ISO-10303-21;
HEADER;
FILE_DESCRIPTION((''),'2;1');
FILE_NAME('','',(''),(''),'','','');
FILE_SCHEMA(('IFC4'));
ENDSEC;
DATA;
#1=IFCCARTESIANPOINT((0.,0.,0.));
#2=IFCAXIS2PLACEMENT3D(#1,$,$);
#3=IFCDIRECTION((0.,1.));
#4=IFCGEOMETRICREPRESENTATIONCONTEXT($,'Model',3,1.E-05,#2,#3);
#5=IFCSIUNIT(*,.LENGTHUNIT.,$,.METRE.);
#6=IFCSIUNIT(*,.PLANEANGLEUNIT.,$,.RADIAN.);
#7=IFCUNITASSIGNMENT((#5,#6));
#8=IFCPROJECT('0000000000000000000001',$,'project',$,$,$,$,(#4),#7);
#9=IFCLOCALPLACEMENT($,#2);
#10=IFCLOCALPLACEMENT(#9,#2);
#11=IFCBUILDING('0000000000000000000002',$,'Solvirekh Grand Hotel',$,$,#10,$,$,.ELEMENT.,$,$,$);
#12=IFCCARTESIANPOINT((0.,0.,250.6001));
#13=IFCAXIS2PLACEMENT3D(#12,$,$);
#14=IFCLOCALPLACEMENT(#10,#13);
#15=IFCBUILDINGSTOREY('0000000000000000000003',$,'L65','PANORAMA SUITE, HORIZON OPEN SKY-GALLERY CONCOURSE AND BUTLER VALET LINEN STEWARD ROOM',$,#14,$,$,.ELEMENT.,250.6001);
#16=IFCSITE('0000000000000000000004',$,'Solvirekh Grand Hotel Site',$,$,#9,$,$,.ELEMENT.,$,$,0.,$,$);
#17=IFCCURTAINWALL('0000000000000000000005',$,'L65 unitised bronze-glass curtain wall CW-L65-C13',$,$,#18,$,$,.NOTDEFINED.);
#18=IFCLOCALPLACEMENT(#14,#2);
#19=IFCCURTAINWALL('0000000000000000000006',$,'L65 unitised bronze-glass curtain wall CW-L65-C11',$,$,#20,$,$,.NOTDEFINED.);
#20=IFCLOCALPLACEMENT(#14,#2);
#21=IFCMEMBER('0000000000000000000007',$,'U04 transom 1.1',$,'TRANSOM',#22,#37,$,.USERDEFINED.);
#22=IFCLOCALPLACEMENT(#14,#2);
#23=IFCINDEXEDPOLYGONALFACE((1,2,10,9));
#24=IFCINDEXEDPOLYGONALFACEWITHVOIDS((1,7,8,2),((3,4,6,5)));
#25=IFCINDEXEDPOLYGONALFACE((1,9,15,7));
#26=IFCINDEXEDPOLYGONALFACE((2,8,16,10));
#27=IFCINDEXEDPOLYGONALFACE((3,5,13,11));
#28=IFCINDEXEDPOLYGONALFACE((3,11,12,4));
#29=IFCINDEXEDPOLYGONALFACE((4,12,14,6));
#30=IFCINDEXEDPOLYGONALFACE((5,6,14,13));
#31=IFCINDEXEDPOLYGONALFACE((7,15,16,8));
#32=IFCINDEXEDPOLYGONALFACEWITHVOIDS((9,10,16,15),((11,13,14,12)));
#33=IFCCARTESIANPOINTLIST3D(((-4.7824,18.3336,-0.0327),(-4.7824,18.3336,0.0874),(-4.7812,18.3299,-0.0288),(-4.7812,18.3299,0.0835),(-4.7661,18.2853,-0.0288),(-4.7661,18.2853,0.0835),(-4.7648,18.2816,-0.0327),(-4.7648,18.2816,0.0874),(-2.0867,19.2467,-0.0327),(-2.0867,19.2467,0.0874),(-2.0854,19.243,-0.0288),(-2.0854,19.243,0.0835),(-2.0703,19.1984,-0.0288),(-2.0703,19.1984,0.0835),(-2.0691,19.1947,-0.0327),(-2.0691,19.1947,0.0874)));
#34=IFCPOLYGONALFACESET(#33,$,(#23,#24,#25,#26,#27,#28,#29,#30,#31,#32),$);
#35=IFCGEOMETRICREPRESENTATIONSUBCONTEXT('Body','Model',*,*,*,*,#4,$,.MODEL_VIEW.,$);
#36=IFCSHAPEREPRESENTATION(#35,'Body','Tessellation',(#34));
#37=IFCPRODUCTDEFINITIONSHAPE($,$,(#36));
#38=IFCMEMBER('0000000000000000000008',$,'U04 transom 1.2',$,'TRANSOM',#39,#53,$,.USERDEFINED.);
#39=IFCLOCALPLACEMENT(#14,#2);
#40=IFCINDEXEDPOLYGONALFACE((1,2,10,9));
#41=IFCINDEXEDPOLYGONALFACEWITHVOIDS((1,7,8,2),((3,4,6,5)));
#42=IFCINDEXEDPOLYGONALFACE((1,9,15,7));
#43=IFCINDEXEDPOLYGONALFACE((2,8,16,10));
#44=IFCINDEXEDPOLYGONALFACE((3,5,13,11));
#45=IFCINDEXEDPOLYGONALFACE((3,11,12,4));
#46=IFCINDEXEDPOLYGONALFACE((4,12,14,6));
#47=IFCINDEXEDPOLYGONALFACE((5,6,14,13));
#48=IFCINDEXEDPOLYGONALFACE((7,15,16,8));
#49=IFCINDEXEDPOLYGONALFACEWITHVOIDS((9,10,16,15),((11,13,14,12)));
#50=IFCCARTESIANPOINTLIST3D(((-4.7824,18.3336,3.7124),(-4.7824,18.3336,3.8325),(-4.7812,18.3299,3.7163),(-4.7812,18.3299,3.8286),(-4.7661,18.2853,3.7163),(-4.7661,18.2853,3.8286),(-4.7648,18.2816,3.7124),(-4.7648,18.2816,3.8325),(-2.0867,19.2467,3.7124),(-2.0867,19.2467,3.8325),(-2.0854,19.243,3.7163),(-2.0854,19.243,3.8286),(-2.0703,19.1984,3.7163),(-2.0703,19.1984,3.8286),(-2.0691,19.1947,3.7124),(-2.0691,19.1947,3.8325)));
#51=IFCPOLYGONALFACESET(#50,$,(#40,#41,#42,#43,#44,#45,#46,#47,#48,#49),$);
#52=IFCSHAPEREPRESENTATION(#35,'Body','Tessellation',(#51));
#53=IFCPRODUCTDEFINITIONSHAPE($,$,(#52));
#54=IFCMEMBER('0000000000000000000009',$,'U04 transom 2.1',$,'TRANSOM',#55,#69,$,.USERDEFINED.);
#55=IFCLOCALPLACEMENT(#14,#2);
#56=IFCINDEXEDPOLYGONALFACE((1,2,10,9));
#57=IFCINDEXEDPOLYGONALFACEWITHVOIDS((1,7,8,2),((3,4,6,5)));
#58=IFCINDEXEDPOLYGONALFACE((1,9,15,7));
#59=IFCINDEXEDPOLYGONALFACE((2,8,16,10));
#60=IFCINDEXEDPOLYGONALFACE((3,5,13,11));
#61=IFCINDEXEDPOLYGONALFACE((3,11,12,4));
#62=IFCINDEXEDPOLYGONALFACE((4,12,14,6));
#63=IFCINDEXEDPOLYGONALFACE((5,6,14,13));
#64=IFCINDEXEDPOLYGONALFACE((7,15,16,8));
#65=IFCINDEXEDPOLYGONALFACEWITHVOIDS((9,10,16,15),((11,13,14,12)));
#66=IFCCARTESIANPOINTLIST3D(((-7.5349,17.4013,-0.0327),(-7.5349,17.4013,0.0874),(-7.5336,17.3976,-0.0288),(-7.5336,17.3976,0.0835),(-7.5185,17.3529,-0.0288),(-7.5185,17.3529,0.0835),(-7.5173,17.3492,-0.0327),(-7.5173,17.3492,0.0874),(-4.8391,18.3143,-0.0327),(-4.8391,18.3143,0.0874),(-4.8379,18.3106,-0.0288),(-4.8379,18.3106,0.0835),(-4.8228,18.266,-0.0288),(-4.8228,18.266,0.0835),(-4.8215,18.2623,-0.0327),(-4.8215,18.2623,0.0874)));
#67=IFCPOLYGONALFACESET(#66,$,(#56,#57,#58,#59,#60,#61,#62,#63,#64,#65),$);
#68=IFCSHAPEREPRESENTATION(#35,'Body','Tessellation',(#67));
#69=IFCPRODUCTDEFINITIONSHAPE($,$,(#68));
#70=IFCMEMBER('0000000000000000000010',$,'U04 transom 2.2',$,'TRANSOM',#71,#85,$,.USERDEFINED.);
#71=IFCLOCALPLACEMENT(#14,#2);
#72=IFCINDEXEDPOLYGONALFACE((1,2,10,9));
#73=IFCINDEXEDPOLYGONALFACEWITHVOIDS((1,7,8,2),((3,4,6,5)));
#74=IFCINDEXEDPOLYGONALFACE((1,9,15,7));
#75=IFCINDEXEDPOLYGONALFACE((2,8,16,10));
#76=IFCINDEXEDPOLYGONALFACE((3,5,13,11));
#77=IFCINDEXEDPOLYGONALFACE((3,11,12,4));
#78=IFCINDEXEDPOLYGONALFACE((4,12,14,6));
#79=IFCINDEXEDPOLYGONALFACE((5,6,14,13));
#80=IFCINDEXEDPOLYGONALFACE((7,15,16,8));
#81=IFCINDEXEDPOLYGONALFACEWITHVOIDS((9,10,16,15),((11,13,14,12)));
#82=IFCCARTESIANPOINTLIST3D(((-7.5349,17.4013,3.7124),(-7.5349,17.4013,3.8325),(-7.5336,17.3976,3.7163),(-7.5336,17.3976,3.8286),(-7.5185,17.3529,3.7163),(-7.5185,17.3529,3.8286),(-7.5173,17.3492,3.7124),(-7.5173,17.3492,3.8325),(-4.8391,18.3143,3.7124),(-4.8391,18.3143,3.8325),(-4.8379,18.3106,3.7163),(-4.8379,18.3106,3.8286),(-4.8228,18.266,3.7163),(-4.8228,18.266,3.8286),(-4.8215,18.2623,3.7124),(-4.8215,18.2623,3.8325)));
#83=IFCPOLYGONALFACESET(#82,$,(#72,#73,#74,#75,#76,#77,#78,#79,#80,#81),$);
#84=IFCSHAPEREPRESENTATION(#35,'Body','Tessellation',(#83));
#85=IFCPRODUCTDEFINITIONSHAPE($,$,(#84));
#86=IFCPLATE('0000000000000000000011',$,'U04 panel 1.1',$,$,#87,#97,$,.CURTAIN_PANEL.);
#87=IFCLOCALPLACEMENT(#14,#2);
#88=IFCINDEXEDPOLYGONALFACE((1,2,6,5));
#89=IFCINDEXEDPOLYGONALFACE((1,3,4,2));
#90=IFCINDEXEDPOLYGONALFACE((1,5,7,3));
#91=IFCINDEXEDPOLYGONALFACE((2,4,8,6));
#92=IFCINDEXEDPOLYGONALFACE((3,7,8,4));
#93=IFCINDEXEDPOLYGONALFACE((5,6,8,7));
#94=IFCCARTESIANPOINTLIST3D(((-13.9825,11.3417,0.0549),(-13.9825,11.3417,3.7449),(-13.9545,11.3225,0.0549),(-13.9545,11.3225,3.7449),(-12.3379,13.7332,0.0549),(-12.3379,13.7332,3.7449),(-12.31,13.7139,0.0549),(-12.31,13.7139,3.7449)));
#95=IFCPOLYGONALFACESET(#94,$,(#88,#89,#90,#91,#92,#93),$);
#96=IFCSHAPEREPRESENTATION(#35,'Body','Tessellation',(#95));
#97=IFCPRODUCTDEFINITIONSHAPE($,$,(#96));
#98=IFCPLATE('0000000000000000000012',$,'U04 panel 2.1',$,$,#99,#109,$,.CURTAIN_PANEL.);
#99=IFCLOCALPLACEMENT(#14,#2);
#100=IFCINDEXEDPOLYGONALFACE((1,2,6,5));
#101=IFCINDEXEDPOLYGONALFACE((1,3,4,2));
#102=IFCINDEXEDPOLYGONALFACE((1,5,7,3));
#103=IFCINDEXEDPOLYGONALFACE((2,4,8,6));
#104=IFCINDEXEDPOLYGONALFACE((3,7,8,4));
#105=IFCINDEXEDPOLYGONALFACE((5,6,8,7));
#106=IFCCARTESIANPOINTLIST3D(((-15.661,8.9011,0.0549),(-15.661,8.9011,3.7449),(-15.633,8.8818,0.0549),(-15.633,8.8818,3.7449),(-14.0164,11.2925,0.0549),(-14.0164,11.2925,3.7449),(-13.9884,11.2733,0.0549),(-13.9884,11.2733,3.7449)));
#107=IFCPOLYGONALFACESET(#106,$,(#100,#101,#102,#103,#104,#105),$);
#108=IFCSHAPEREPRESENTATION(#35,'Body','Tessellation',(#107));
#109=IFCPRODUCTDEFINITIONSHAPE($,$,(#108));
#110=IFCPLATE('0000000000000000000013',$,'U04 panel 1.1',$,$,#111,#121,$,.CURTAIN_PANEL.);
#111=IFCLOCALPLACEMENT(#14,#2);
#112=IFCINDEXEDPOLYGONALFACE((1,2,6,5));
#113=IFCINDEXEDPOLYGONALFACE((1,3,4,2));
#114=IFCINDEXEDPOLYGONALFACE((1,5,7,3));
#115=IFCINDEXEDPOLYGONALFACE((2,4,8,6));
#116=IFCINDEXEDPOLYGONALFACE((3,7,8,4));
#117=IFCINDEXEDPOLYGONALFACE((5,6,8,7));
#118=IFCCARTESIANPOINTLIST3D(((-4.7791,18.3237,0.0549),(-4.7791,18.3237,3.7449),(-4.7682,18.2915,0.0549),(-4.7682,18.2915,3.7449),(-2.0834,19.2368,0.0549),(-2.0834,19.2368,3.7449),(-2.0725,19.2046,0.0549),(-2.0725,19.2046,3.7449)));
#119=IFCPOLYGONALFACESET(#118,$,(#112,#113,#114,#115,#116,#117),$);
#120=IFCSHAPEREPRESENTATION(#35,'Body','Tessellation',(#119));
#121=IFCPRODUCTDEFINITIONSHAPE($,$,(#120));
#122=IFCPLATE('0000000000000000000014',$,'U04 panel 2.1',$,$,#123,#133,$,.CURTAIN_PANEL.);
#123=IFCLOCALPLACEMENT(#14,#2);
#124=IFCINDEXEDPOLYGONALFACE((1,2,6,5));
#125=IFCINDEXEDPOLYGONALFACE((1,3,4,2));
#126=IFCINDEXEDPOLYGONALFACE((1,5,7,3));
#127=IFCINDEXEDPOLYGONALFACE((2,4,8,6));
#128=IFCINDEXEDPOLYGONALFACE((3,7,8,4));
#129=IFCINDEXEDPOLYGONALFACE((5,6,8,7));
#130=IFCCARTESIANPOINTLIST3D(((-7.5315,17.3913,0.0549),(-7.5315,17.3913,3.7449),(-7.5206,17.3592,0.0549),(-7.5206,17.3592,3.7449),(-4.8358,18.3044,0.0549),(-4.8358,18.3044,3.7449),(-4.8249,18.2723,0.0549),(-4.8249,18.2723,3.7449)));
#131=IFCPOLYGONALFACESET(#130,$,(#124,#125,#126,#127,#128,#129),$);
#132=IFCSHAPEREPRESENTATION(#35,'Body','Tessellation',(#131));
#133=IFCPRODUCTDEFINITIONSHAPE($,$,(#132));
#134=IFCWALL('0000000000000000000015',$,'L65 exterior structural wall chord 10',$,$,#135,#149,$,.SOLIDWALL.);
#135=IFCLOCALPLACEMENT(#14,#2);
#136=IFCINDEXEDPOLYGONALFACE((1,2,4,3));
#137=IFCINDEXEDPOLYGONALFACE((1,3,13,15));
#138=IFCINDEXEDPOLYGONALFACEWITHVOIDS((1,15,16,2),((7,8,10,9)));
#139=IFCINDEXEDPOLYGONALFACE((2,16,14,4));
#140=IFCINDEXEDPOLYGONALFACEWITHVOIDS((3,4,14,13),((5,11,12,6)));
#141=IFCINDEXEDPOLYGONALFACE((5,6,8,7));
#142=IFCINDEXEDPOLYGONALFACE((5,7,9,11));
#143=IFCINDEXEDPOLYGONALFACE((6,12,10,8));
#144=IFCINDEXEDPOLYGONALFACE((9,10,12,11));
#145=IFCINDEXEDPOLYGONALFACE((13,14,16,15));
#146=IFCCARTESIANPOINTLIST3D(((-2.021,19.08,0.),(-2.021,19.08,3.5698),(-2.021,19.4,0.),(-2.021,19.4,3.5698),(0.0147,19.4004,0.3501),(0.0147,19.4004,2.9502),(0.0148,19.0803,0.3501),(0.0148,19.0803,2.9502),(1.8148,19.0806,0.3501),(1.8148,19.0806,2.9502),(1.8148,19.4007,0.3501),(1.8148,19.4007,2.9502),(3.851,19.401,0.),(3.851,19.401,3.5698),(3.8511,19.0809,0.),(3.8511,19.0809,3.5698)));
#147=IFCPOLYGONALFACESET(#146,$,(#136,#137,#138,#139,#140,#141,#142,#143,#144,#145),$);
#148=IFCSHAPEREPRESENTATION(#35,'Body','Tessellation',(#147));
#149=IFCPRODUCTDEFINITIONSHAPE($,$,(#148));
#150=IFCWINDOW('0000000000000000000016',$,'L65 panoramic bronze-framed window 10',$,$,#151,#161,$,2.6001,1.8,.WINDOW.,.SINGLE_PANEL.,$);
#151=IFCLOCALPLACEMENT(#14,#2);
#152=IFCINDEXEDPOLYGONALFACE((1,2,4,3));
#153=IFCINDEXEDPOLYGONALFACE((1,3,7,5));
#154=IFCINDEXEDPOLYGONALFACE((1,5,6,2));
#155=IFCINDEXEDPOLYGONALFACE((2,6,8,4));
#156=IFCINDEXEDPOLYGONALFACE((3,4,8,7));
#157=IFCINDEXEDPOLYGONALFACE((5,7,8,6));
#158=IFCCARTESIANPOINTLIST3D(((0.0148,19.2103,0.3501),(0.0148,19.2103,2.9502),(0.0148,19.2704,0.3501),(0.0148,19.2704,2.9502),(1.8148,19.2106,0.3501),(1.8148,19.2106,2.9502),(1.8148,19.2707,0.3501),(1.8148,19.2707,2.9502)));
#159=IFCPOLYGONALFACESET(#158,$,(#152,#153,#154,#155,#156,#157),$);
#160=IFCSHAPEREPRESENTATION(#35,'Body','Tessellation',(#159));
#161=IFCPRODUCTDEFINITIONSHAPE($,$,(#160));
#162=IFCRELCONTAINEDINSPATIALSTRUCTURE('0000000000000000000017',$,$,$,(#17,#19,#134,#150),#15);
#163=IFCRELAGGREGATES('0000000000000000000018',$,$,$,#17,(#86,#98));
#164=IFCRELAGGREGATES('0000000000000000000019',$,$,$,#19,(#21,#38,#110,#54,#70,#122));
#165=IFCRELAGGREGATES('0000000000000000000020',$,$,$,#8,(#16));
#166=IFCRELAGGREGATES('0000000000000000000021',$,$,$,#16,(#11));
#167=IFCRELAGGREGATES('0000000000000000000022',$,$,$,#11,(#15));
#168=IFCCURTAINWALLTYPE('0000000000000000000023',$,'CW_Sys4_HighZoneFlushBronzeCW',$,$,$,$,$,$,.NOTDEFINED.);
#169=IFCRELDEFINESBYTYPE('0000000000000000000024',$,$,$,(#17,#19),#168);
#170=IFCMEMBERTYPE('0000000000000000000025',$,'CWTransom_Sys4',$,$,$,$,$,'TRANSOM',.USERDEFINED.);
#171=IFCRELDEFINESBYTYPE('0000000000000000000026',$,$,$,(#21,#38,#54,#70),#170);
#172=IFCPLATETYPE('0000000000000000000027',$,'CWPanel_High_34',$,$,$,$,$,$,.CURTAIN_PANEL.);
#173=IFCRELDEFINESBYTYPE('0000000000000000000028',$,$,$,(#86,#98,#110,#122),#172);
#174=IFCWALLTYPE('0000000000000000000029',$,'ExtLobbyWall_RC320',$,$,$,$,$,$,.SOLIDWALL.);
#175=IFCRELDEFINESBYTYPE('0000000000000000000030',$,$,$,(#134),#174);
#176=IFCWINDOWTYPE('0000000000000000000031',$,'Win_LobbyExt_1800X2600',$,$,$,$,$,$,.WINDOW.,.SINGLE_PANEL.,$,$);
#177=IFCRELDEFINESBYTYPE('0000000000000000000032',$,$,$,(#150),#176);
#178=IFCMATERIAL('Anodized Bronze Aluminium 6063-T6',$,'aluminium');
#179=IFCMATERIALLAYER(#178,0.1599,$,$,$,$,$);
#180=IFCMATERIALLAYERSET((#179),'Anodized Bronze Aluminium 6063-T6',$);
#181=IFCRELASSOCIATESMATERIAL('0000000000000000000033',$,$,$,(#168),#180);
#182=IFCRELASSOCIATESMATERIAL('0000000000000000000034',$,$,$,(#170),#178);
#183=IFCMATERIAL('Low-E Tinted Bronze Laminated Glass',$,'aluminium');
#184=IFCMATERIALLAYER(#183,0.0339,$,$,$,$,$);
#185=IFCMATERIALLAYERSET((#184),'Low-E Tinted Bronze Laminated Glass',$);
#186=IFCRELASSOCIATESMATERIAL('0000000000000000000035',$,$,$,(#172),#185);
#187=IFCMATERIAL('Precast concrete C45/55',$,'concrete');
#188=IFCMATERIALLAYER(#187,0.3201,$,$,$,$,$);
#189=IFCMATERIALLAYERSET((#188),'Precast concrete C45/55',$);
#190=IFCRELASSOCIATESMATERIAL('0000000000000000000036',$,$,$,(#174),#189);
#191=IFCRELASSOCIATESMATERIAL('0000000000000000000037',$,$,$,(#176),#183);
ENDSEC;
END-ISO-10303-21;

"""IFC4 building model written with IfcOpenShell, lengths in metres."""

from ifc_helpers import new_model, si_unit, direction, frame, frame_2d, origin, origin_2d, place, context, subcontext, project, spatial, rectangle, hollow_rectangle, extrude, source, transform, mapped, material, layer, layer_set, material_profile, profile_set, type_object, element, fill, aggregate, save


model = new_model("IFC4")

# Units and contexts
model_context = context("Model", 3, precision=1e-05, world=origin(), true_north=direction((0.0, 1.0)))
body_context = subcontext(model_context, "Body", "Model", "MODEL_VIEW")
ifc_project = project(units=[si_unit("LENGTHUNIT", "METRE"), si_unit("PLANEANGLEUNIT", "RADIAN")], contexts=[model_context])

# Site, building, storey
site_placement = place(None, origin())
site = spatial("IfcSite", under=ifc_project, at=site_placement, Name="Solvirekh Grand Hotel Site", CompositionType="ELEMENT", RefElevation=0.0)
building_placement = place(site_placement, origin())
building = spatial("IfcBuilding", under=site, at=building_placement, Name="Solvirekh Grand Hotel", CompositionType="ELEMENT")
storey_placement = place(building_placement, frame((0.0, 0.0, 250.6001)))
storey = spatial("IfcBuildingStorey", under=building, at=storey_placement, Name="L65", Description="PANORAMA SUITE, HORIZON OPEN SKY-GALLERY CONCOURSE AND BUTLER VALET LINEN STEWARD ROOM", CompositionType="ELEMENT", Elevation=250.6001)

# Curtain walls
ifc_material_1 = material(Name="Anodized Bronze Aluminium 6063-T6", Category="aluminium")
ifc_layer_1 = layer(ifc_material_1, 0.1599)
ifc_layer_set_1 = layer_set([ifc_layer_1], Name="Anodized Bronze Aluminium 6063-T6")
curtain_wall_type = type_object("IfcCurtainWallType", Name="CW_Sys4_HighZoneFlushBronzeCW", PredefinedType="NOTDEFINED", material=ifc_layer_set_1)
curtain_wall_1_placement = place(storey_placement, origin())
curtain_wall_1 = element("IfcCurtainWall", 1, at=curtain_wall_1_placement, inside=storey, type_object=curtain_wall_type, Name="L65 unitised bronze-glass curtain wall CW-L65-C13", PredefinedType="NOTDEFINED")
ifc_material_profile_1 = material_profile(ifc_material_1, hollow_rectangle(XDim=0.0549, YDim=0.1201, WallThickness=0.0039, at=origin_2d()), Name="ALU RHS 120X55X4")
ifc_profile_set_1 = profile_set([ifc_material_profile_1], Name="Anodized Bronze Aluminium 6063-T6")
member_type_1 = type_object("IfcMemberType", Name="CWTransom_Sys4", ElementType="TRANSOM", PredefinedType="USERDEFINED", material=ifc_profile_set_1)
curtain_wall_2_placement = place(storey_placement, origin())
curtain_wall_2 = element("IfcCurtainWall", 2, at=curtain_wall_2_placement, inside=storey, type_object=curtain_wall_type, Name="L65 unitised bronze-glass curtain wall CW-L65-C11", PredefinedType="NOTDEFINED")

# Members
shared_shape_1 = source(origin(), body_context, "Body", "SweptSolid", [
    extrude(hollow_rectangle(XDim=0.0549, YDim=0.1201, WallThickness=0.0039, at=origin_2d()), origin(), (0.0, 0.0, 1.0), 2.8462),
])
member_1_placement = place(storey_placement, frame((-2.0779, 19.2207, 0.0273), z_axis=(-0.947145, -0.320805, 0.0), x_axis=(0.320805, -0.947145, 0.0)))
member_1 = element("IfcMember", 3, at=member_1_placement, type_object=member_type_1, Name="U04 transom 1.1", ObjectType="TRANSOM", PredefinedType="USERDEFINED", context=body_context, shape_type="MappedRepresentation", body=[
    mapped(shared_shape_1, transform((0.0, 0.0, 0.0), x_axis=(1.0, 0.0, 0.0), y_axis=(0.0, 1.0, 0.0), z_axis=(0.0, 0.0, 1.0), scale=1.0)),
])
member_2_placement = place(storey_placement, frame((-2.0779, 19.2207, 3.7725), z_axis=(-0.947145, -0.320805, 0.0), x_axis=(0.320805, -0.947145, 0.0)))
member_2 = element("IfcMember", 4, at=member_2_placement, type_object=member_type_1, Name="U04 transom 1.2", ObjectType="TRANSOM", PredefinedType="USERDEFINED", context=body_context, shape_type="MappedRepresentation", body=[
    mapped(shared_shape_1, transform((0.0, 0.0, 0.0), x_axis=(1.0, 0.0, 0.0), y_axis=(0.0, 1.0, 0.0), z_axis=(0.0, 0.0, 1.0), scale=1.0)),
])
member_3_placement = place(storey_placement, frame((-4.8303, 18.2883, 0.0273), z_axis=(-0.947145, -0.320805, 0.0), x_axis=(0.320805, -0.947145, 0.0)))
member_3 = element("IfcMember", 5, at=member_3_placement, type_object=member_type_1, Name="U04 transom 2.1", ObjectType="TRANSOM", PredefinedType="USERDEFINED", context=body_context, shape_type="MappedRepresentation", body=[
    mapped(shared_shape_1, transform((0.0, 0.0, 0.0), x_axis=(1.0, 0.0, 0.0), y_axis=(0.0, 1.0, 0.0), z_axis=(0.0, 0.0, 1.0), scale=1.0)),
])
member_4_placement = place(storey_placement, frame((-4.8303, 18.2883, 3.7725), z_axis=(-0.947145, -0.320805, 0.0), x_axis=(0.320805, -0.947145, 0.0)))
member_4 = element("IfcMember", 6, at=member_4_placement, type_object=member_type_1, Name="U04 transom 2.2", ObjectType="TRANSOM", PredefinedType="USERDEFINED", context=body_context, shape_type="MappedRepresentation", body=[
    mapped(shared_shape_1, transform((0.0, 0.0, 0.0), x_axis=(1.0, 0.0, 0.0), y_axis=(0.0, 1.0, 0.0), z_axis=(0.0, 0.0, 1.0), scale=1.0)),
])

# Plates
ifc_material_2 = material(Name="Low-E Tinted Bronze Laminated Glass", Category="aluminium")
ifc_layer_2 = layer(ifc_material_2, 0.0339)
ifc_layer_set_2 = layer_set([ifc_layer_2], Name="Low-E Tinted Bronze Laminated Glass")
plate_type = type_object("IfcPlateType", Name="CWPanel_High_34", PredefinedType="CURTAIN_PANEL", material=ifc_layer_set_2)
shared_shape_2 = source(origin(), body_context, "Body", "SweptSolid", [
    extrude(rectangle(XDim=2.9023, YDim=0.0339, at=origin_2d()), origin(), (0.0, 0.0, 1.0), 3.6899),
])
plate_1_placement = place(storey_placement, frame((-13.1462, 12.5278, 0.0549), z_axis=(0.0, 0.0, 1.0), x_axis=(-0.566635, -0.823969, 0.0)))
plate_1 = element("IfcPlate", 7, at=plate_1_placement, type_object=plate_type, Name="U04 panel 1.1", PredefinedType="CURTAIN_PANEL", context=body_context, shape_type="MappedRepresentation", body=[
    mapped(shared_shape_2, transform((0.0, 0.0, 0.0), x_axis=(1.0, 0.0, 0.0), y_axis=(0.0, 1.0, 0.0), z_axis=(0.0, 0.0, 1.0), scale=1.0)),
])
plate_2_placement = place(storey_placement, frame((-14.8247, 10.0872, 0.0549), z_axis=(0.0, 0.0, 1.0), x_axis=(-0.566635, -0.823969, 0.0)))
plate_2 = element("IfcPlate", 8, at=plate_2_placement, type_object=plate_type, Name="U04 panel 2.1", PredefinedType="CURTAIN_PANEL", context=body_context, shape_type="MappedRepresentation", body=[
    mapped(shared_shape_2, transform((0.0, 0.0, 0.0), x_axis=(1.0, 0.0, 0.0), y_axis=(0.0, 1.0, 0.0), z_axis=(0.0, 0.0, 1.0), scale=1.0)),
])
aggregate(curtain_wall_1, [plate_1, plate_2])
shared_shape_3 = source(origin(), body_context, "Body", "SweptSolid", [
    extrude(rectangle(XDim=2.8462, YDim=0.0339, at=origin_2d()), origin(), (0.0, 0.0, 1.0), 3.6899),
])
plate_3_placement = place(storey_placement, frame((-3.4258, 18.7642, 0.0549), z_axis=(0.0, 0.0, 1.0), x_axis=(-0.94714, -0.320822, 0.0)))
plate_3 = element("IfcPlate", 9, at=plate_3_placement, type_object=plate_type, Name="U04 panel 1.1", PredefinedType="CURTAIN_PANEL", context=body_context, shape_type="MappedRepresentation", body=[
    mapped(shared_shape_3, transform((0.0, 0.0, 0.0), x_axis=(1.0, 0.0, 0.0), y_axis=(0.0, 1.0, 0.0), z_axis=(0.0, 0.0, 1.0), scale=1.0)),
])
plate_4_placement = place(storey_placement, frame((-6.1782, 17.8318, 0.0549), z_axis=(0.0, 0.0, 1.0), x_axis=(-0.94714, -0.320822, 0.0)))
plate_4 = element("IfcPlate", 10, at=plate_4_placement, type_object=plate_type, Name="U04 panel 2.1", PredefinedType="CURTAIN_PANEL", context=body_context, shape_type="MappedRepresentation", body=[
    mapped(shared_shape_3, transform((0.0, 0.0, 0.0), x_axis=(1.0, 0.0, 0.0), y_axis=(0.0, 1.0, 0.0), z_axis=(0.0, 0.0, 1.0), scale=1.0)),
])
aggregate(curtain_wall_2, [member_1, member_2, plate_3, member_3, member_4, plate_4])

# Wall, opening, window
ifc_material_3 = material(Name="Precast concrete C45/55", Category="concrete")
ifc_layer_3 = layer(ifc_material_3, 0.3201)
ifc_layer_set_3 = layer_set([ifc_layer_3], Name="Precast concrete C45/55")
wall_type_1 = type_object("IfcWallType", Name="ExtLobbyWall_RC320", PredefinedType="SOLIDWALL", material=ifc_layer_set_3)
wall_1_placement = place(storey_placement, frame((-2.021, 19.24, 0.0), z_axis=(0.0, 0.0, 1.0), x_axis=(1.0, 0.000166, 0.0)))
wall_1 = element("IfcWall", 11, at=wall_1_placement, inside=storey, type_object=wall_type_1, Name="L65 exterior structural wall chord 10", PredefinedType="SOLIDWALL", context=body_context, shape_type="SweptSolid", body=[
    extrude(rectangle(XDim=5.8721, YDim=0.3201, at=frame_2d((2.936, 0.0))), origin(), (0.0, 0.0, 1.0), 3.5698),
])
opening_1_placement = place(wall_1_placement, frame((2.0359, 0.0, 0.3501)))
opening_1 = element("IfcOpeningElement", 12, at=opening_1_placement, cuts=wall_1, PredefinedType="OPENING", context=body_context, shape_type="SweptSolid", body=[
    extrude(rectangle(XDim=1.8, YDim=2.6001, at=frame_2d((0.8999, 1.3))), frame((0.0, 0.1699, 0.0), z_axis=(0.0, -1.0, 0.0), x_axis=(1.0, 0.0, 0.0)), (0.0, 0.0, 1.0), 0.3401),
])
window_type = type_object("IfcWindowType", Name="Win_LobbyExt_1800X2600", PartitioningType="SINGLE_PANEL", PredefinedType="WINDOW", material=ifc_material_2)
window_1_placement = place(opening_1_placement, origin())
window_1 = element("IfcWindow", 13, at=window_1_placement, inside=storey, type_object=window_type, Name="L65 panoramic bronze-framed window 10", OverallHeight=2.6001, OverallWidth=1.8, PartitioningType="SINGLE_PANEL", PredefinedType="WINDOW", context=body_context, shape_type="SweptSolid", body=[
    extrude(rectangle(XDim=1.8, YDim=2.6001, at=frame_2d((0.8999, 1.3))), frame((0.0, 0.03, 0.0), z_axis=(0.0, -1.0, 0.0), x_axis=(1.0, 0.0, 0.0)), (0.0, 0.0, 1.0), 0.0601),
])
fill(opening_1, window_1)

save(model, "model.ifc")
